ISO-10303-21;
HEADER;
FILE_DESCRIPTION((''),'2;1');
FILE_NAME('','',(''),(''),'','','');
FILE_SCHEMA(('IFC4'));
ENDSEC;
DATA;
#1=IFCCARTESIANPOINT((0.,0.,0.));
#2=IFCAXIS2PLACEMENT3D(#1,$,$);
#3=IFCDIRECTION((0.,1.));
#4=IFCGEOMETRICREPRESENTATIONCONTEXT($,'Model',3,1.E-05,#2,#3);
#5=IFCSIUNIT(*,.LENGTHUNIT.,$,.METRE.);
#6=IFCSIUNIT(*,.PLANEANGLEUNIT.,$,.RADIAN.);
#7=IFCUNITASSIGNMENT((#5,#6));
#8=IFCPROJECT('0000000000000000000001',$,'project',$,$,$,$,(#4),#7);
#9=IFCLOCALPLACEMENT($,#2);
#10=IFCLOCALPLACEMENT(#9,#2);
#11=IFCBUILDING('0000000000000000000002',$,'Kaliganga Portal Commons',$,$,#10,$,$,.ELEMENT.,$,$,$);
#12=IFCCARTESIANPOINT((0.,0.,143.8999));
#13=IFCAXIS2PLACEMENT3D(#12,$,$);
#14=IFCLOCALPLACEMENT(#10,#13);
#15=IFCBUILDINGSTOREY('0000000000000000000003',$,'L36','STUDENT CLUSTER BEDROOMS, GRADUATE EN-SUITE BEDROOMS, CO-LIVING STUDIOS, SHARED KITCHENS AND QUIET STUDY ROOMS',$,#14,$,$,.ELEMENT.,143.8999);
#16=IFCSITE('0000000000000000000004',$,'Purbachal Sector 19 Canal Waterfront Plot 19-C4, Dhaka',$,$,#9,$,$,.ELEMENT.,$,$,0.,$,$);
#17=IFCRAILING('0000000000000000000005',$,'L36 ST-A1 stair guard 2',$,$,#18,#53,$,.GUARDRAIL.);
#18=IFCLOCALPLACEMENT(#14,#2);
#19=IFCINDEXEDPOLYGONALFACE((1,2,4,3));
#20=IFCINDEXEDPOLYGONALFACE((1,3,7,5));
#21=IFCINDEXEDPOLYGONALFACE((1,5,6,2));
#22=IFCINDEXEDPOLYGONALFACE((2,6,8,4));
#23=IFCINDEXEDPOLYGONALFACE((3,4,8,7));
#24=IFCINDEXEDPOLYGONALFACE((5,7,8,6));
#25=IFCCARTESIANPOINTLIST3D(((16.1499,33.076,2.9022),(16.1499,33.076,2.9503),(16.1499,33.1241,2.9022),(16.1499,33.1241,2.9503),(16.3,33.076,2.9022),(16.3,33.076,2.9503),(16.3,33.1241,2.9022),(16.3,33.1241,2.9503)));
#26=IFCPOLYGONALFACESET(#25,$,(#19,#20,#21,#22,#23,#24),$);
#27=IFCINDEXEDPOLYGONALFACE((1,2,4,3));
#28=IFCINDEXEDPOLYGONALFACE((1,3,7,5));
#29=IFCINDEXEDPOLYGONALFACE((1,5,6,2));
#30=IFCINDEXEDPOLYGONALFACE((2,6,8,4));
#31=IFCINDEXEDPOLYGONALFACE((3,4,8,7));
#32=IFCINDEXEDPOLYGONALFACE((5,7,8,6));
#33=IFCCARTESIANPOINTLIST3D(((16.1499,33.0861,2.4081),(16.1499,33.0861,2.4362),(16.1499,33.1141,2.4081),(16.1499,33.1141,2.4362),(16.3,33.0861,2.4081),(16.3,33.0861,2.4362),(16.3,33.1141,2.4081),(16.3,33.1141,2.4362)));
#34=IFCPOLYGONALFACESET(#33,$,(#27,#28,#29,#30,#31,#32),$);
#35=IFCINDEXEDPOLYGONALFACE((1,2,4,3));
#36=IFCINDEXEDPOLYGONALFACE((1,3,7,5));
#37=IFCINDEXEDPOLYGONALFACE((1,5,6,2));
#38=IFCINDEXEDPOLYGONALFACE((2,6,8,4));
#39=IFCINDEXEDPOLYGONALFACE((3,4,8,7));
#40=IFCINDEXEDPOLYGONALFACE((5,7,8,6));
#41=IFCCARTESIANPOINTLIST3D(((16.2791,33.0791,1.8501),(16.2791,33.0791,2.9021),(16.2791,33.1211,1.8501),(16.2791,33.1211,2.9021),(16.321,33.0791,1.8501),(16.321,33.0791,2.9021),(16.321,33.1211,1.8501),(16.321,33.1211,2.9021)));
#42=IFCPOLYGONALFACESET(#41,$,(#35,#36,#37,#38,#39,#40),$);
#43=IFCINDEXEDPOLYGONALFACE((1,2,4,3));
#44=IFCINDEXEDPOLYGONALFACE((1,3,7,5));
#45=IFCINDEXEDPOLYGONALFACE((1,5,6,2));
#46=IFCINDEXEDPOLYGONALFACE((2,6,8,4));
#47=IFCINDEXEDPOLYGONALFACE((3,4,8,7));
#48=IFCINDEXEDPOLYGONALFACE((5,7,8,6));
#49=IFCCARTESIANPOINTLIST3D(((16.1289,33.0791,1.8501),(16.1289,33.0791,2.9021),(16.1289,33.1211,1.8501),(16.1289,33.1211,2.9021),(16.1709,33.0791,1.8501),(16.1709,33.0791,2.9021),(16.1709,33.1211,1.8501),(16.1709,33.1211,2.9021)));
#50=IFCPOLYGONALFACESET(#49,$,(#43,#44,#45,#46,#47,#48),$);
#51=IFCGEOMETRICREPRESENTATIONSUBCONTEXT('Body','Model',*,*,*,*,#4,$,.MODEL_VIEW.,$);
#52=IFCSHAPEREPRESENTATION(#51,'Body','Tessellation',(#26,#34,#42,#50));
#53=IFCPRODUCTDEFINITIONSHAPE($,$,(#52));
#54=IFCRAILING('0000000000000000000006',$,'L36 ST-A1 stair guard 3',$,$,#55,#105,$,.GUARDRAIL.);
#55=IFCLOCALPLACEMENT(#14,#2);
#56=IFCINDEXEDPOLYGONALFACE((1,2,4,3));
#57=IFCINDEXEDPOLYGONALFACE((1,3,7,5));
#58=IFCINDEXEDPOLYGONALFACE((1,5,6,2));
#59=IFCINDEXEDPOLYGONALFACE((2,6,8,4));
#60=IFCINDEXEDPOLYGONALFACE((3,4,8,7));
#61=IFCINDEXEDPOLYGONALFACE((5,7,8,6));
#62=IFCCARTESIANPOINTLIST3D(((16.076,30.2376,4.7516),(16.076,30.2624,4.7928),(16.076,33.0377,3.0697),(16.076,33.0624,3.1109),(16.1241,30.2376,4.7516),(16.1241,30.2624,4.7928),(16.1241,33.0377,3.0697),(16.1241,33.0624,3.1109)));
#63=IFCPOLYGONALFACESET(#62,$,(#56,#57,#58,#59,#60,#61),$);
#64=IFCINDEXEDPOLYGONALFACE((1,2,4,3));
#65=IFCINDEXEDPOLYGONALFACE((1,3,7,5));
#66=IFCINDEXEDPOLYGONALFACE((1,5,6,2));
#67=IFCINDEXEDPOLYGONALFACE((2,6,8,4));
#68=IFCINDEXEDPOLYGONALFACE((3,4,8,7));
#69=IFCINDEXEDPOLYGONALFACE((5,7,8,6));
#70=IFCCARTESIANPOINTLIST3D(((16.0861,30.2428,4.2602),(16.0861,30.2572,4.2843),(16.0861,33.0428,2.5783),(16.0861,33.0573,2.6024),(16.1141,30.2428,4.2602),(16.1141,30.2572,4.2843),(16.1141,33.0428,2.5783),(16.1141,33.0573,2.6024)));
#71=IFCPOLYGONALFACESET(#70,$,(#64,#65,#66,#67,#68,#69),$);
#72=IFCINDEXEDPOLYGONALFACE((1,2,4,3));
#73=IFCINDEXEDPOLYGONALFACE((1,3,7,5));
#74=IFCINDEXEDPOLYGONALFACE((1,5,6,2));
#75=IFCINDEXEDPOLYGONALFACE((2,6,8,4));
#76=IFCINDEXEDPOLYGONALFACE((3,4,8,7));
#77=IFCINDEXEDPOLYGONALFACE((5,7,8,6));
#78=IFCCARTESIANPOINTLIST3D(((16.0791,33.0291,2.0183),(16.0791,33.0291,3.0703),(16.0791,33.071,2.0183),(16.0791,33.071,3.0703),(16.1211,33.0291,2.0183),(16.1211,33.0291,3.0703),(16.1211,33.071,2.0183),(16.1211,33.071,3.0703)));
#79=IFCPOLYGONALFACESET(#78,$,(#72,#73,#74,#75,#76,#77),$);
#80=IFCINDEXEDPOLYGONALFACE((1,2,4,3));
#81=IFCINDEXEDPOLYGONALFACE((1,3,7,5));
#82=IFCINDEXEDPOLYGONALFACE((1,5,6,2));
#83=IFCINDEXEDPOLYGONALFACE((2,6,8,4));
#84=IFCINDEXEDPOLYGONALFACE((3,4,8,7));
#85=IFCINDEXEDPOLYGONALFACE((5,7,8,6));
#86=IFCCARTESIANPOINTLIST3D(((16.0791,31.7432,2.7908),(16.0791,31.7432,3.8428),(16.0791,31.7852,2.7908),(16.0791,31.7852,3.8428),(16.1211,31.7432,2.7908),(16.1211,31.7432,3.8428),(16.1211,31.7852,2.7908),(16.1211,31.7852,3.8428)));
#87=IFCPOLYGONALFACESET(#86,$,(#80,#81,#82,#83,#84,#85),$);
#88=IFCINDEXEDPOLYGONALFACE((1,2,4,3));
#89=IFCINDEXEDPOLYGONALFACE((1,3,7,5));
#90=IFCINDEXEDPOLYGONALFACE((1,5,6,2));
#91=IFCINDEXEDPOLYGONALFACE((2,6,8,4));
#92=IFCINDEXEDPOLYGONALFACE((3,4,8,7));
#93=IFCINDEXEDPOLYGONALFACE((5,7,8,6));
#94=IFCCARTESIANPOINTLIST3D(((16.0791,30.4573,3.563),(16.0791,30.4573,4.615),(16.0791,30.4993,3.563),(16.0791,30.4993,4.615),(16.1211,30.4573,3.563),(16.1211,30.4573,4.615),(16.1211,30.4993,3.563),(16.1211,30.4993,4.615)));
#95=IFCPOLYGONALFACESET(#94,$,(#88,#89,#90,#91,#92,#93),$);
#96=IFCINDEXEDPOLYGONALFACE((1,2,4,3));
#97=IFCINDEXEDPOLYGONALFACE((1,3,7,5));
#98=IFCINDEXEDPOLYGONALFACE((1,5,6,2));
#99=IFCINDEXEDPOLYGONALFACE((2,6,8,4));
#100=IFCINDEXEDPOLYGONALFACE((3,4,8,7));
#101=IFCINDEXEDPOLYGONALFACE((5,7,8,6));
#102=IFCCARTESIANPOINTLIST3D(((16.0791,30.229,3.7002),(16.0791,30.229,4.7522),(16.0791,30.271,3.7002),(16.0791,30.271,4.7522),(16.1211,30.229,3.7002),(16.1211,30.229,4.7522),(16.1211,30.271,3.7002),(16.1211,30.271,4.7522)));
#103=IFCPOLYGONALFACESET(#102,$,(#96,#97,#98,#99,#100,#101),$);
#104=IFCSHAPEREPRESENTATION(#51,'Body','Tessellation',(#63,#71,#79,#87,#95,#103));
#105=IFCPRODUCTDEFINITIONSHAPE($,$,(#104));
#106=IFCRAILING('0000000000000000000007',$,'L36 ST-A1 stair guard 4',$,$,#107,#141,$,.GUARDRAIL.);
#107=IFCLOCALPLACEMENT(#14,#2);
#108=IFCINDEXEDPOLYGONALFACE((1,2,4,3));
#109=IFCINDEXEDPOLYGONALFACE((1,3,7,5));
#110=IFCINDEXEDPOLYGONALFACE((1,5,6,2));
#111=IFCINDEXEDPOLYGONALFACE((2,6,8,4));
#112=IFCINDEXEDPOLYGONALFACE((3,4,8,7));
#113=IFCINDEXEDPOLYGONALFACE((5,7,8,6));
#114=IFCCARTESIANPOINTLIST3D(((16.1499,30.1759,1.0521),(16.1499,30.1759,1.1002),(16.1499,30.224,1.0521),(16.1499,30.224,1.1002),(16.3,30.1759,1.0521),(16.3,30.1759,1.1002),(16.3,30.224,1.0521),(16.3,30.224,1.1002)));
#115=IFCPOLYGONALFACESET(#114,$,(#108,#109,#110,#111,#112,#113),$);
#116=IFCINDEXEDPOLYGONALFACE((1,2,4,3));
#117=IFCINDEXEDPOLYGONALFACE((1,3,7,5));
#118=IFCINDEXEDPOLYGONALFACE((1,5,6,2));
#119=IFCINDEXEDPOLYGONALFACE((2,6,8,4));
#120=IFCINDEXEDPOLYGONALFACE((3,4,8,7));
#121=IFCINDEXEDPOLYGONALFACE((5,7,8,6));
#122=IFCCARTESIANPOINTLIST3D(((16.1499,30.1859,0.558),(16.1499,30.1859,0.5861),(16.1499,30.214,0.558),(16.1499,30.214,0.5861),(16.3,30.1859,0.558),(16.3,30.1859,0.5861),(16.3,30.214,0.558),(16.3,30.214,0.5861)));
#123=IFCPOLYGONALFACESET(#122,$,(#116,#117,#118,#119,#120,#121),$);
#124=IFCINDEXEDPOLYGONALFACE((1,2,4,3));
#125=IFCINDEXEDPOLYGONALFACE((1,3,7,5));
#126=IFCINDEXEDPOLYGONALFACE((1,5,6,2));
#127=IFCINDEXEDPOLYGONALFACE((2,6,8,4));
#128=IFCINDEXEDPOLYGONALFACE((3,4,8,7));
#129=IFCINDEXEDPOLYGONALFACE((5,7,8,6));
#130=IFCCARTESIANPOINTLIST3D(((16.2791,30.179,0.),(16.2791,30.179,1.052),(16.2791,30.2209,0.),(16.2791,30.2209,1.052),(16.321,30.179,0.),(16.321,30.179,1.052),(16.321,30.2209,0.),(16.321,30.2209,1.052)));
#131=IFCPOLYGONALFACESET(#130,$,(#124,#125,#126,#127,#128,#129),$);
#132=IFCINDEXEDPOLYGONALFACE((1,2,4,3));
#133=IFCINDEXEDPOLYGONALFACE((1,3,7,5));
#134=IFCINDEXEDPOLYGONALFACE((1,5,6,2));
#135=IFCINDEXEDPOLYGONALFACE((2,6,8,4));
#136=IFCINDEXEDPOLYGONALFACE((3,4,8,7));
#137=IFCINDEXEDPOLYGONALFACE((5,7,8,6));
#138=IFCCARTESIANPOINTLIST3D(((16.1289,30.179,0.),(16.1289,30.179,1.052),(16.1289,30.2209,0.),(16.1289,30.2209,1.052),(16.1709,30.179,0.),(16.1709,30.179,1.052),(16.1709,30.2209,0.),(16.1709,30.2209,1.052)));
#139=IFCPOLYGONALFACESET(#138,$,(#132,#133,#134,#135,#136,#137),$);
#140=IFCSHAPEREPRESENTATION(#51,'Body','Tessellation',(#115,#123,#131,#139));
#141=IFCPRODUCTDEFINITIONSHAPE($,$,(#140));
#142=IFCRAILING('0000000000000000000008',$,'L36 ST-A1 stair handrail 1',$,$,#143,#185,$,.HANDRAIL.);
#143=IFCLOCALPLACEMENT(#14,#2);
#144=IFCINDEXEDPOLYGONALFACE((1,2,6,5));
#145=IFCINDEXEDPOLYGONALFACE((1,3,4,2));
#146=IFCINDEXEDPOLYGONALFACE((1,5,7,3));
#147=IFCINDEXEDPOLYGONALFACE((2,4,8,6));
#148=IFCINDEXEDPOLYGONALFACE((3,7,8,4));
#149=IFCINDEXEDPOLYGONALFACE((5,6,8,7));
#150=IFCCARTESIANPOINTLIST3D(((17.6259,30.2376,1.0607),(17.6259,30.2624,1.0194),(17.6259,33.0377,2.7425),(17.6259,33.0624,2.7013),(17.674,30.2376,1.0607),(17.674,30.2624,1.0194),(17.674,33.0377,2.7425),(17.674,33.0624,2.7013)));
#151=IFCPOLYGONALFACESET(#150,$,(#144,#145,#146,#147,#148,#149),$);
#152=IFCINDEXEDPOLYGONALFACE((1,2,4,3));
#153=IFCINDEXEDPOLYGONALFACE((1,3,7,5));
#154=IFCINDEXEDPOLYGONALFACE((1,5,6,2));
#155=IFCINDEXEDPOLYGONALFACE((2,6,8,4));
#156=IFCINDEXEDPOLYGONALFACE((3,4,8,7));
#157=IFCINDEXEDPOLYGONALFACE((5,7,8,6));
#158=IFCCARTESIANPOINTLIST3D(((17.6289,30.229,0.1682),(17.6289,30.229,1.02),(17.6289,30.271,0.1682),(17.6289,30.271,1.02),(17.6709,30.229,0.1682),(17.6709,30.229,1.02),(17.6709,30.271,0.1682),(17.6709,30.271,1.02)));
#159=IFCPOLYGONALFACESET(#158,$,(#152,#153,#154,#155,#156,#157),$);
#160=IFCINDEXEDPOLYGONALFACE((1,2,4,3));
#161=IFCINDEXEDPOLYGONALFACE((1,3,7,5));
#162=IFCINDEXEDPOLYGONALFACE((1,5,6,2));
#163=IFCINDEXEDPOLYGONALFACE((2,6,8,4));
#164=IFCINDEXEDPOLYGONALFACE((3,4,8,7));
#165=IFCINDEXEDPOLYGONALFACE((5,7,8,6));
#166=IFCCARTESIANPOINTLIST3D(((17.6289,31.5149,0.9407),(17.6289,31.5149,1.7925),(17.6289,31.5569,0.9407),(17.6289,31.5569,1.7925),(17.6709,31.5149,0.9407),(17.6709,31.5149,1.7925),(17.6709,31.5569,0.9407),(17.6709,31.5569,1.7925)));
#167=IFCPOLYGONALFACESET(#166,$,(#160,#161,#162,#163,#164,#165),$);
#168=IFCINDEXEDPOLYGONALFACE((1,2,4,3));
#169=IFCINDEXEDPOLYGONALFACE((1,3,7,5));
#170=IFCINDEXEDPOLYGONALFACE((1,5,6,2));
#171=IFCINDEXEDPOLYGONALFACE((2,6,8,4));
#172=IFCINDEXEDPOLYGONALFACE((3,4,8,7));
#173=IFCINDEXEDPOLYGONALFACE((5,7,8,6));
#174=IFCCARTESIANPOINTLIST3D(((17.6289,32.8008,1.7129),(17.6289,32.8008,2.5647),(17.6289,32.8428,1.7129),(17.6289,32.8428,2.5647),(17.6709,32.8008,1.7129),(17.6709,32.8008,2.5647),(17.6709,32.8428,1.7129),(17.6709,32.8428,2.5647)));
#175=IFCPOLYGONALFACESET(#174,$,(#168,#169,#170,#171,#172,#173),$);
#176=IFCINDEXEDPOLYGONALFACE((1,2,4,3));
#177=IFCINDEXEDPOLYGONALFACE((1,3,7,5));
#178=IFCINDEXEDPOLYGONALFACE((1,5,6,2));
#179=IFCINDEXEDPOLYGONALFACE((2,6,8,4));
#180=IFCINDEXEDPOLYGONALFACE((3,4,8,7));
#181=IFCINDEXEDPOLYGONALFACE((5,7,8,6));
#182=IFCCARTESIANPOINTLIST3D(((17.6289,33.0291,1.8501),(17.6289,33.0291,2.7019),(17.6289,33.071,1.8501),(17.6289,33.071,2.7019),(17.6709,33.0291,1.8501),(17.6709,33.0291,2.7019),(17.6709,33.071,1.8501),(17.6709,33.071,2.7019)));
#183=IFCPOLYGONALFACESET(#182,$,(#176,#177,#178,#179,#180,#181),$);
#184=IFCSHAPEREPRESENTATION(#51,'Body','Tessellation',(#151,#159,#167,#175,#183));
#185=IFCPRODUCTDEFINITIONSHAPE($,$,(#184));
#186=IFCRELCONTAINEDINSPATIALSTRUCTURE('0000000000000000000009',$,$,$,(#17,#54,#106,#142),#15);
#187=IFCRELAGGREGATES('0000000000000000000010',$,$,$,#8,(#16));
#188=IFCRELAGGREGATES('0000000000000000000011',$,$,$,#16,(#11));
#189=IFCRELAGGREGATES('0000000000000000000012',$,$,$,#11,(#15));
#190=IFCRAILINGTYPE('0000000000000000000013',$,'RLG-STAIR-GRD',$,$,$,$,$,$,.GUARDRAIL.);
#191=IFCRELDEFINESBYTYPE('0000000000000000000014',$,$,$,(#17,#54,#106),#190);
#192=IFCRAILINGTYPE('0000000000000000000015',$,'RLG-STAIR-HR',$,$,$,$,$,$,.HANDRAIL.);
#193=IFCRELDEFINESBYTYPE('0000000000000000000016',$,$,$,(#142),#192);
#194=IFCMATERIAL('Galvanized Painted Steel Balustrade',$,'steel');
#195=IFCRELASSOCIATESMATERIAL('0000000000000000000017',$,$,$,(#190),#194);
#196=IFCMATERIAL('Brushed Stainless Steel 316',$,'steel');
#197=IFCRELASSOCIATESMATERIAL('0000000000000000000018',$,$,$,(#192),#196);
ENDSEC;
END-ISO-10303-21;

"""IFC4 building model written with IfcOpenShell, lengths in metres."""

from ifc_helpers import new_model, si_unit, direction, frame, origin, origin_2d, place, context, subcontext, project, spatial, rectangle, extrude, material, type_object, element, save


model = new_model("IFC4")

# Units and contexts
model_context = context("Model", 3, precision=1e-05, world=origin(), true_north=direction((0.0, 1.0)))
body_context = subcontext(model_context, "Body", "Model", "MODEL_VIEW")
ifc_project = project(units=[si_unit("LENGTHUNIT", "METRE"), si_unit("PLANEANGLEUNIT", "RADIAN")], contexts=[model_context])

# Site, building, storey
site_placement = place(None, origin())
site = spatial("IfcSite", under=ifc_project, at=site_placement, Name="Purbachal Sector 19 Canal Waterfront Plot 19-C4, Dhaka", CompositionType="ELEMENT", RefElevation=0.0)
building_placement = place(site_placement, origin())
building = spatial("IfcBuilding", under=site, at=building_placement, Name="Kaliganga Portal Commons", CompositionType="ELEMENT")
storey_placement = place(building_placement, frame((0.0, 0.0, 143.8999)))
storey = spatial("IfcBuildingStorey", under=building, at=storey_placement, Name="L36", Description="STUDENT CLUSTER BEDROOMS, GRADUATE EN-SUITE BEDROOMS, CO-LIVING STUDIOS, SHARED KITCHENS AND QUIET STUDY ROOMS", CompositionType="ELEMENT", Elevation=143.8999)

# Railings
ifc_material_1 = material(Name="Galvanized Painted Steel Balustrade", Category="steel")
railing_type_1 = type_object("IfcRailingType", Name="RLG-STAIR-GRD", PredefinedType="GUARDRAIL", material=ifc_material_1)
railing_1_placement = place(storey_placement, frame((16.3, 33.1001, 1.8501)))
element("IfcRailing", 1, at=railing_1_placement, inside=storey, type_object=railing_type_1, Name="L36 ST-A1 stair guard 2", PredefinedType="GUARDRAIL", context=body_context, shape_type="SweptSolid", body=[
    extrude(rectangle(XDim=0.0481, YDim=0.0481, at=origin_2d()), frame((0.0, 0.0, 1.0762), z_axis=(-1.0, 0.0, 0.0), x_axis=(0.0, -1.0, 0.0)), (0.0, 0.0, 1.0), 0.1501),
    extrude(rectangle(XDim=0.0281, YDim=0.0281, at=origin_2d()), frame((0.0, 0.0, 0.572), z_axis=(-1.0, 0.0, 0.0), x_axis=(0.0, -1.0, 0.0)), (0.0, 0.0, 1.0), 0.1501),
    extrude(rectangle(XDim=0.042, YDim=0.042, at=origin_2d()), origin(), (0.0, 0.0, 1.0), 1.052),
    extrude(rectangle(XDim=0.042, YDim=0.042, at=origin_2d()), frame((-0.1501, 0.0, 0.0)), (0.0, 0.0, 1.0), 1.052),
])
railing_2_placement = place(storey_placement, frame((16.1001, 33.05, 2.0183)))
element("IfcRailing", 2, at=railing_2_placement, inside=storey, type_object=railing_type_1, Name="L36 ST-A1 stair guard 3", PredefinedType="GUARDRAIL", context=body_context, shape_type="SweptSolid", body=[
    extrude(rectangle(XDim=0.0481, YDim=0.0481, at=origin_2d()), frame((0.0, 0.0, 1.072), z_axis=(0.0, -0.857242, 0.514913), x_axis=(1.0, 0.0, 0.0)), (0.0, 0.0, 1.0), 3.2664),
    extrude(rectangle(XDim=0.0281, YDim=0.0281, at=origin_2d()), frame((0.0, 0.0, 0.572), z_axis=(0.0, -0.857242, 0.514913), x_axis=(1.0, 0.0, 0.0)), (0.0, 0.0, 1.0), 3.2664),
    extrude(rectangle(XDim=0.042, YDim=0.042, at=origin_2d()), origin(), (0.0, 0.0, 1.0), 1.052),
    extrude(rectangle(XDim=0.042, YDim=0.042, at=origin_2d()), frame((0.0, -1.2859, 0.7725)), (0.0, 0.0, 1.0), 1.052),
    extrude(rectangle(XDim=0.042, YDim=0.042, at=origin_2d()), frame((0.0, -2.5718, 1.5447)), (0.0, 0.0, 1.0), 1.052),
    extrude(rectangle(XDim=0.042, YDim=0.042, at=origin_2d()), frame((0.0, -2.8, 1.6819)), (0.0, 0.0, 1.0), 1.052),
])
railing_3_placement = place(storey_placement, frame((16.3, 30.2, 0.0)))
element("IfcRailing", 3, at=railing_3_placement, inside=storey, type_object=railing_type_1, Name="L36 ST-A1 stair guard 4", PredefinedType="GUARDRAIL", context=body_context, shape_type="SweptSolid", body=[
    extrude(rectangle(XDim=0.0481, YDim=0.0481, at=origin_2d()), frame((0.0, 0.0, 1.0762), z_axis=(-1.0, 0.0, 0.0), x_axis=(0.0, -1.0, 0.0)), (0.0, 0.0, 1.0), 0.1501),
    extrude(rectangle(XDim=0.0281, YDim=0.0281, at=origin_2d()), frame((0.0, 0.0, 0.572), z_axis=(-1.0, 0.0, 0.0), x_axis=(0.0, -1.0, 0.0)), (0.0, 0.0, 1.0), 0.1501),
    extrude(rectangle(XDim=0.042, YDim=0.042, at=origin_2d()), origin(), (0.0, 0.0, 1.0), 1.052),
    extrude(rectangle(XDim=0.042, YDim=0.042, at=origin_2d()), frame((-0.1501, 0.0, 0.0)), (0.0, 0.0, 1.0), 1.052),
])
ifc_material_2 = material(Name="Brushed Stainless Steel 316", Category="steel")
railing_type_2 = type_object("IfcRailingType", Name="RLG-STAIR-HR", PredefinedType="HANDRAIL", material=ifc_material_2)
railing_4_placement = place(storey_placement, frame((17.6499, 30.25, 0.1682)))
element("IfcRailing", 4, at=railing_4_placement, inside=storey, type_object=railing_type_2, Name="L36 ST-A1 stair handrail 1", PredefinedType="HANDRAIL", context=body_context, shape_type="SweptSolid", body=[
    extrude(rectangle(XDim=0.0481, YDim=0.0481, at=origin_2d()), frame((0.0, 0.0, 0.8718), z_axis=(0.0, 0.857242, 0.514913), x_axis=(-1.0, 0.0, 0.0)), (0.0, 0.0, 1.0), 3.2664),
    extrude(rectangle(XDim=0.042, YDim=0.042, at=origin_2d()), origin(), (0.0, 0.0, 1.0), 0.8518),
    extrude(rectangle(XDim=0.042, YDim=0.042, at=origin_2d()), frame((0.0, 1.2859, 0.7725)), (0.0, 0.0, 1.0), 0.8518),
    extrude(rectangle(XDim=0.042, YDim=0.042, at=origin_2d()), frame((0.0, 2.5718, 1.5447)), (0.0, 0.0, 1.0), 0.8518),
    extrude(rectangle(XDim=0.042, YDim=0.042, at=origin_2d()), frame((0.0, 2.8, 1.6819)), (0.0, 0.0, 1.0), 0.8518),
])

save(model, "model.ifc")
